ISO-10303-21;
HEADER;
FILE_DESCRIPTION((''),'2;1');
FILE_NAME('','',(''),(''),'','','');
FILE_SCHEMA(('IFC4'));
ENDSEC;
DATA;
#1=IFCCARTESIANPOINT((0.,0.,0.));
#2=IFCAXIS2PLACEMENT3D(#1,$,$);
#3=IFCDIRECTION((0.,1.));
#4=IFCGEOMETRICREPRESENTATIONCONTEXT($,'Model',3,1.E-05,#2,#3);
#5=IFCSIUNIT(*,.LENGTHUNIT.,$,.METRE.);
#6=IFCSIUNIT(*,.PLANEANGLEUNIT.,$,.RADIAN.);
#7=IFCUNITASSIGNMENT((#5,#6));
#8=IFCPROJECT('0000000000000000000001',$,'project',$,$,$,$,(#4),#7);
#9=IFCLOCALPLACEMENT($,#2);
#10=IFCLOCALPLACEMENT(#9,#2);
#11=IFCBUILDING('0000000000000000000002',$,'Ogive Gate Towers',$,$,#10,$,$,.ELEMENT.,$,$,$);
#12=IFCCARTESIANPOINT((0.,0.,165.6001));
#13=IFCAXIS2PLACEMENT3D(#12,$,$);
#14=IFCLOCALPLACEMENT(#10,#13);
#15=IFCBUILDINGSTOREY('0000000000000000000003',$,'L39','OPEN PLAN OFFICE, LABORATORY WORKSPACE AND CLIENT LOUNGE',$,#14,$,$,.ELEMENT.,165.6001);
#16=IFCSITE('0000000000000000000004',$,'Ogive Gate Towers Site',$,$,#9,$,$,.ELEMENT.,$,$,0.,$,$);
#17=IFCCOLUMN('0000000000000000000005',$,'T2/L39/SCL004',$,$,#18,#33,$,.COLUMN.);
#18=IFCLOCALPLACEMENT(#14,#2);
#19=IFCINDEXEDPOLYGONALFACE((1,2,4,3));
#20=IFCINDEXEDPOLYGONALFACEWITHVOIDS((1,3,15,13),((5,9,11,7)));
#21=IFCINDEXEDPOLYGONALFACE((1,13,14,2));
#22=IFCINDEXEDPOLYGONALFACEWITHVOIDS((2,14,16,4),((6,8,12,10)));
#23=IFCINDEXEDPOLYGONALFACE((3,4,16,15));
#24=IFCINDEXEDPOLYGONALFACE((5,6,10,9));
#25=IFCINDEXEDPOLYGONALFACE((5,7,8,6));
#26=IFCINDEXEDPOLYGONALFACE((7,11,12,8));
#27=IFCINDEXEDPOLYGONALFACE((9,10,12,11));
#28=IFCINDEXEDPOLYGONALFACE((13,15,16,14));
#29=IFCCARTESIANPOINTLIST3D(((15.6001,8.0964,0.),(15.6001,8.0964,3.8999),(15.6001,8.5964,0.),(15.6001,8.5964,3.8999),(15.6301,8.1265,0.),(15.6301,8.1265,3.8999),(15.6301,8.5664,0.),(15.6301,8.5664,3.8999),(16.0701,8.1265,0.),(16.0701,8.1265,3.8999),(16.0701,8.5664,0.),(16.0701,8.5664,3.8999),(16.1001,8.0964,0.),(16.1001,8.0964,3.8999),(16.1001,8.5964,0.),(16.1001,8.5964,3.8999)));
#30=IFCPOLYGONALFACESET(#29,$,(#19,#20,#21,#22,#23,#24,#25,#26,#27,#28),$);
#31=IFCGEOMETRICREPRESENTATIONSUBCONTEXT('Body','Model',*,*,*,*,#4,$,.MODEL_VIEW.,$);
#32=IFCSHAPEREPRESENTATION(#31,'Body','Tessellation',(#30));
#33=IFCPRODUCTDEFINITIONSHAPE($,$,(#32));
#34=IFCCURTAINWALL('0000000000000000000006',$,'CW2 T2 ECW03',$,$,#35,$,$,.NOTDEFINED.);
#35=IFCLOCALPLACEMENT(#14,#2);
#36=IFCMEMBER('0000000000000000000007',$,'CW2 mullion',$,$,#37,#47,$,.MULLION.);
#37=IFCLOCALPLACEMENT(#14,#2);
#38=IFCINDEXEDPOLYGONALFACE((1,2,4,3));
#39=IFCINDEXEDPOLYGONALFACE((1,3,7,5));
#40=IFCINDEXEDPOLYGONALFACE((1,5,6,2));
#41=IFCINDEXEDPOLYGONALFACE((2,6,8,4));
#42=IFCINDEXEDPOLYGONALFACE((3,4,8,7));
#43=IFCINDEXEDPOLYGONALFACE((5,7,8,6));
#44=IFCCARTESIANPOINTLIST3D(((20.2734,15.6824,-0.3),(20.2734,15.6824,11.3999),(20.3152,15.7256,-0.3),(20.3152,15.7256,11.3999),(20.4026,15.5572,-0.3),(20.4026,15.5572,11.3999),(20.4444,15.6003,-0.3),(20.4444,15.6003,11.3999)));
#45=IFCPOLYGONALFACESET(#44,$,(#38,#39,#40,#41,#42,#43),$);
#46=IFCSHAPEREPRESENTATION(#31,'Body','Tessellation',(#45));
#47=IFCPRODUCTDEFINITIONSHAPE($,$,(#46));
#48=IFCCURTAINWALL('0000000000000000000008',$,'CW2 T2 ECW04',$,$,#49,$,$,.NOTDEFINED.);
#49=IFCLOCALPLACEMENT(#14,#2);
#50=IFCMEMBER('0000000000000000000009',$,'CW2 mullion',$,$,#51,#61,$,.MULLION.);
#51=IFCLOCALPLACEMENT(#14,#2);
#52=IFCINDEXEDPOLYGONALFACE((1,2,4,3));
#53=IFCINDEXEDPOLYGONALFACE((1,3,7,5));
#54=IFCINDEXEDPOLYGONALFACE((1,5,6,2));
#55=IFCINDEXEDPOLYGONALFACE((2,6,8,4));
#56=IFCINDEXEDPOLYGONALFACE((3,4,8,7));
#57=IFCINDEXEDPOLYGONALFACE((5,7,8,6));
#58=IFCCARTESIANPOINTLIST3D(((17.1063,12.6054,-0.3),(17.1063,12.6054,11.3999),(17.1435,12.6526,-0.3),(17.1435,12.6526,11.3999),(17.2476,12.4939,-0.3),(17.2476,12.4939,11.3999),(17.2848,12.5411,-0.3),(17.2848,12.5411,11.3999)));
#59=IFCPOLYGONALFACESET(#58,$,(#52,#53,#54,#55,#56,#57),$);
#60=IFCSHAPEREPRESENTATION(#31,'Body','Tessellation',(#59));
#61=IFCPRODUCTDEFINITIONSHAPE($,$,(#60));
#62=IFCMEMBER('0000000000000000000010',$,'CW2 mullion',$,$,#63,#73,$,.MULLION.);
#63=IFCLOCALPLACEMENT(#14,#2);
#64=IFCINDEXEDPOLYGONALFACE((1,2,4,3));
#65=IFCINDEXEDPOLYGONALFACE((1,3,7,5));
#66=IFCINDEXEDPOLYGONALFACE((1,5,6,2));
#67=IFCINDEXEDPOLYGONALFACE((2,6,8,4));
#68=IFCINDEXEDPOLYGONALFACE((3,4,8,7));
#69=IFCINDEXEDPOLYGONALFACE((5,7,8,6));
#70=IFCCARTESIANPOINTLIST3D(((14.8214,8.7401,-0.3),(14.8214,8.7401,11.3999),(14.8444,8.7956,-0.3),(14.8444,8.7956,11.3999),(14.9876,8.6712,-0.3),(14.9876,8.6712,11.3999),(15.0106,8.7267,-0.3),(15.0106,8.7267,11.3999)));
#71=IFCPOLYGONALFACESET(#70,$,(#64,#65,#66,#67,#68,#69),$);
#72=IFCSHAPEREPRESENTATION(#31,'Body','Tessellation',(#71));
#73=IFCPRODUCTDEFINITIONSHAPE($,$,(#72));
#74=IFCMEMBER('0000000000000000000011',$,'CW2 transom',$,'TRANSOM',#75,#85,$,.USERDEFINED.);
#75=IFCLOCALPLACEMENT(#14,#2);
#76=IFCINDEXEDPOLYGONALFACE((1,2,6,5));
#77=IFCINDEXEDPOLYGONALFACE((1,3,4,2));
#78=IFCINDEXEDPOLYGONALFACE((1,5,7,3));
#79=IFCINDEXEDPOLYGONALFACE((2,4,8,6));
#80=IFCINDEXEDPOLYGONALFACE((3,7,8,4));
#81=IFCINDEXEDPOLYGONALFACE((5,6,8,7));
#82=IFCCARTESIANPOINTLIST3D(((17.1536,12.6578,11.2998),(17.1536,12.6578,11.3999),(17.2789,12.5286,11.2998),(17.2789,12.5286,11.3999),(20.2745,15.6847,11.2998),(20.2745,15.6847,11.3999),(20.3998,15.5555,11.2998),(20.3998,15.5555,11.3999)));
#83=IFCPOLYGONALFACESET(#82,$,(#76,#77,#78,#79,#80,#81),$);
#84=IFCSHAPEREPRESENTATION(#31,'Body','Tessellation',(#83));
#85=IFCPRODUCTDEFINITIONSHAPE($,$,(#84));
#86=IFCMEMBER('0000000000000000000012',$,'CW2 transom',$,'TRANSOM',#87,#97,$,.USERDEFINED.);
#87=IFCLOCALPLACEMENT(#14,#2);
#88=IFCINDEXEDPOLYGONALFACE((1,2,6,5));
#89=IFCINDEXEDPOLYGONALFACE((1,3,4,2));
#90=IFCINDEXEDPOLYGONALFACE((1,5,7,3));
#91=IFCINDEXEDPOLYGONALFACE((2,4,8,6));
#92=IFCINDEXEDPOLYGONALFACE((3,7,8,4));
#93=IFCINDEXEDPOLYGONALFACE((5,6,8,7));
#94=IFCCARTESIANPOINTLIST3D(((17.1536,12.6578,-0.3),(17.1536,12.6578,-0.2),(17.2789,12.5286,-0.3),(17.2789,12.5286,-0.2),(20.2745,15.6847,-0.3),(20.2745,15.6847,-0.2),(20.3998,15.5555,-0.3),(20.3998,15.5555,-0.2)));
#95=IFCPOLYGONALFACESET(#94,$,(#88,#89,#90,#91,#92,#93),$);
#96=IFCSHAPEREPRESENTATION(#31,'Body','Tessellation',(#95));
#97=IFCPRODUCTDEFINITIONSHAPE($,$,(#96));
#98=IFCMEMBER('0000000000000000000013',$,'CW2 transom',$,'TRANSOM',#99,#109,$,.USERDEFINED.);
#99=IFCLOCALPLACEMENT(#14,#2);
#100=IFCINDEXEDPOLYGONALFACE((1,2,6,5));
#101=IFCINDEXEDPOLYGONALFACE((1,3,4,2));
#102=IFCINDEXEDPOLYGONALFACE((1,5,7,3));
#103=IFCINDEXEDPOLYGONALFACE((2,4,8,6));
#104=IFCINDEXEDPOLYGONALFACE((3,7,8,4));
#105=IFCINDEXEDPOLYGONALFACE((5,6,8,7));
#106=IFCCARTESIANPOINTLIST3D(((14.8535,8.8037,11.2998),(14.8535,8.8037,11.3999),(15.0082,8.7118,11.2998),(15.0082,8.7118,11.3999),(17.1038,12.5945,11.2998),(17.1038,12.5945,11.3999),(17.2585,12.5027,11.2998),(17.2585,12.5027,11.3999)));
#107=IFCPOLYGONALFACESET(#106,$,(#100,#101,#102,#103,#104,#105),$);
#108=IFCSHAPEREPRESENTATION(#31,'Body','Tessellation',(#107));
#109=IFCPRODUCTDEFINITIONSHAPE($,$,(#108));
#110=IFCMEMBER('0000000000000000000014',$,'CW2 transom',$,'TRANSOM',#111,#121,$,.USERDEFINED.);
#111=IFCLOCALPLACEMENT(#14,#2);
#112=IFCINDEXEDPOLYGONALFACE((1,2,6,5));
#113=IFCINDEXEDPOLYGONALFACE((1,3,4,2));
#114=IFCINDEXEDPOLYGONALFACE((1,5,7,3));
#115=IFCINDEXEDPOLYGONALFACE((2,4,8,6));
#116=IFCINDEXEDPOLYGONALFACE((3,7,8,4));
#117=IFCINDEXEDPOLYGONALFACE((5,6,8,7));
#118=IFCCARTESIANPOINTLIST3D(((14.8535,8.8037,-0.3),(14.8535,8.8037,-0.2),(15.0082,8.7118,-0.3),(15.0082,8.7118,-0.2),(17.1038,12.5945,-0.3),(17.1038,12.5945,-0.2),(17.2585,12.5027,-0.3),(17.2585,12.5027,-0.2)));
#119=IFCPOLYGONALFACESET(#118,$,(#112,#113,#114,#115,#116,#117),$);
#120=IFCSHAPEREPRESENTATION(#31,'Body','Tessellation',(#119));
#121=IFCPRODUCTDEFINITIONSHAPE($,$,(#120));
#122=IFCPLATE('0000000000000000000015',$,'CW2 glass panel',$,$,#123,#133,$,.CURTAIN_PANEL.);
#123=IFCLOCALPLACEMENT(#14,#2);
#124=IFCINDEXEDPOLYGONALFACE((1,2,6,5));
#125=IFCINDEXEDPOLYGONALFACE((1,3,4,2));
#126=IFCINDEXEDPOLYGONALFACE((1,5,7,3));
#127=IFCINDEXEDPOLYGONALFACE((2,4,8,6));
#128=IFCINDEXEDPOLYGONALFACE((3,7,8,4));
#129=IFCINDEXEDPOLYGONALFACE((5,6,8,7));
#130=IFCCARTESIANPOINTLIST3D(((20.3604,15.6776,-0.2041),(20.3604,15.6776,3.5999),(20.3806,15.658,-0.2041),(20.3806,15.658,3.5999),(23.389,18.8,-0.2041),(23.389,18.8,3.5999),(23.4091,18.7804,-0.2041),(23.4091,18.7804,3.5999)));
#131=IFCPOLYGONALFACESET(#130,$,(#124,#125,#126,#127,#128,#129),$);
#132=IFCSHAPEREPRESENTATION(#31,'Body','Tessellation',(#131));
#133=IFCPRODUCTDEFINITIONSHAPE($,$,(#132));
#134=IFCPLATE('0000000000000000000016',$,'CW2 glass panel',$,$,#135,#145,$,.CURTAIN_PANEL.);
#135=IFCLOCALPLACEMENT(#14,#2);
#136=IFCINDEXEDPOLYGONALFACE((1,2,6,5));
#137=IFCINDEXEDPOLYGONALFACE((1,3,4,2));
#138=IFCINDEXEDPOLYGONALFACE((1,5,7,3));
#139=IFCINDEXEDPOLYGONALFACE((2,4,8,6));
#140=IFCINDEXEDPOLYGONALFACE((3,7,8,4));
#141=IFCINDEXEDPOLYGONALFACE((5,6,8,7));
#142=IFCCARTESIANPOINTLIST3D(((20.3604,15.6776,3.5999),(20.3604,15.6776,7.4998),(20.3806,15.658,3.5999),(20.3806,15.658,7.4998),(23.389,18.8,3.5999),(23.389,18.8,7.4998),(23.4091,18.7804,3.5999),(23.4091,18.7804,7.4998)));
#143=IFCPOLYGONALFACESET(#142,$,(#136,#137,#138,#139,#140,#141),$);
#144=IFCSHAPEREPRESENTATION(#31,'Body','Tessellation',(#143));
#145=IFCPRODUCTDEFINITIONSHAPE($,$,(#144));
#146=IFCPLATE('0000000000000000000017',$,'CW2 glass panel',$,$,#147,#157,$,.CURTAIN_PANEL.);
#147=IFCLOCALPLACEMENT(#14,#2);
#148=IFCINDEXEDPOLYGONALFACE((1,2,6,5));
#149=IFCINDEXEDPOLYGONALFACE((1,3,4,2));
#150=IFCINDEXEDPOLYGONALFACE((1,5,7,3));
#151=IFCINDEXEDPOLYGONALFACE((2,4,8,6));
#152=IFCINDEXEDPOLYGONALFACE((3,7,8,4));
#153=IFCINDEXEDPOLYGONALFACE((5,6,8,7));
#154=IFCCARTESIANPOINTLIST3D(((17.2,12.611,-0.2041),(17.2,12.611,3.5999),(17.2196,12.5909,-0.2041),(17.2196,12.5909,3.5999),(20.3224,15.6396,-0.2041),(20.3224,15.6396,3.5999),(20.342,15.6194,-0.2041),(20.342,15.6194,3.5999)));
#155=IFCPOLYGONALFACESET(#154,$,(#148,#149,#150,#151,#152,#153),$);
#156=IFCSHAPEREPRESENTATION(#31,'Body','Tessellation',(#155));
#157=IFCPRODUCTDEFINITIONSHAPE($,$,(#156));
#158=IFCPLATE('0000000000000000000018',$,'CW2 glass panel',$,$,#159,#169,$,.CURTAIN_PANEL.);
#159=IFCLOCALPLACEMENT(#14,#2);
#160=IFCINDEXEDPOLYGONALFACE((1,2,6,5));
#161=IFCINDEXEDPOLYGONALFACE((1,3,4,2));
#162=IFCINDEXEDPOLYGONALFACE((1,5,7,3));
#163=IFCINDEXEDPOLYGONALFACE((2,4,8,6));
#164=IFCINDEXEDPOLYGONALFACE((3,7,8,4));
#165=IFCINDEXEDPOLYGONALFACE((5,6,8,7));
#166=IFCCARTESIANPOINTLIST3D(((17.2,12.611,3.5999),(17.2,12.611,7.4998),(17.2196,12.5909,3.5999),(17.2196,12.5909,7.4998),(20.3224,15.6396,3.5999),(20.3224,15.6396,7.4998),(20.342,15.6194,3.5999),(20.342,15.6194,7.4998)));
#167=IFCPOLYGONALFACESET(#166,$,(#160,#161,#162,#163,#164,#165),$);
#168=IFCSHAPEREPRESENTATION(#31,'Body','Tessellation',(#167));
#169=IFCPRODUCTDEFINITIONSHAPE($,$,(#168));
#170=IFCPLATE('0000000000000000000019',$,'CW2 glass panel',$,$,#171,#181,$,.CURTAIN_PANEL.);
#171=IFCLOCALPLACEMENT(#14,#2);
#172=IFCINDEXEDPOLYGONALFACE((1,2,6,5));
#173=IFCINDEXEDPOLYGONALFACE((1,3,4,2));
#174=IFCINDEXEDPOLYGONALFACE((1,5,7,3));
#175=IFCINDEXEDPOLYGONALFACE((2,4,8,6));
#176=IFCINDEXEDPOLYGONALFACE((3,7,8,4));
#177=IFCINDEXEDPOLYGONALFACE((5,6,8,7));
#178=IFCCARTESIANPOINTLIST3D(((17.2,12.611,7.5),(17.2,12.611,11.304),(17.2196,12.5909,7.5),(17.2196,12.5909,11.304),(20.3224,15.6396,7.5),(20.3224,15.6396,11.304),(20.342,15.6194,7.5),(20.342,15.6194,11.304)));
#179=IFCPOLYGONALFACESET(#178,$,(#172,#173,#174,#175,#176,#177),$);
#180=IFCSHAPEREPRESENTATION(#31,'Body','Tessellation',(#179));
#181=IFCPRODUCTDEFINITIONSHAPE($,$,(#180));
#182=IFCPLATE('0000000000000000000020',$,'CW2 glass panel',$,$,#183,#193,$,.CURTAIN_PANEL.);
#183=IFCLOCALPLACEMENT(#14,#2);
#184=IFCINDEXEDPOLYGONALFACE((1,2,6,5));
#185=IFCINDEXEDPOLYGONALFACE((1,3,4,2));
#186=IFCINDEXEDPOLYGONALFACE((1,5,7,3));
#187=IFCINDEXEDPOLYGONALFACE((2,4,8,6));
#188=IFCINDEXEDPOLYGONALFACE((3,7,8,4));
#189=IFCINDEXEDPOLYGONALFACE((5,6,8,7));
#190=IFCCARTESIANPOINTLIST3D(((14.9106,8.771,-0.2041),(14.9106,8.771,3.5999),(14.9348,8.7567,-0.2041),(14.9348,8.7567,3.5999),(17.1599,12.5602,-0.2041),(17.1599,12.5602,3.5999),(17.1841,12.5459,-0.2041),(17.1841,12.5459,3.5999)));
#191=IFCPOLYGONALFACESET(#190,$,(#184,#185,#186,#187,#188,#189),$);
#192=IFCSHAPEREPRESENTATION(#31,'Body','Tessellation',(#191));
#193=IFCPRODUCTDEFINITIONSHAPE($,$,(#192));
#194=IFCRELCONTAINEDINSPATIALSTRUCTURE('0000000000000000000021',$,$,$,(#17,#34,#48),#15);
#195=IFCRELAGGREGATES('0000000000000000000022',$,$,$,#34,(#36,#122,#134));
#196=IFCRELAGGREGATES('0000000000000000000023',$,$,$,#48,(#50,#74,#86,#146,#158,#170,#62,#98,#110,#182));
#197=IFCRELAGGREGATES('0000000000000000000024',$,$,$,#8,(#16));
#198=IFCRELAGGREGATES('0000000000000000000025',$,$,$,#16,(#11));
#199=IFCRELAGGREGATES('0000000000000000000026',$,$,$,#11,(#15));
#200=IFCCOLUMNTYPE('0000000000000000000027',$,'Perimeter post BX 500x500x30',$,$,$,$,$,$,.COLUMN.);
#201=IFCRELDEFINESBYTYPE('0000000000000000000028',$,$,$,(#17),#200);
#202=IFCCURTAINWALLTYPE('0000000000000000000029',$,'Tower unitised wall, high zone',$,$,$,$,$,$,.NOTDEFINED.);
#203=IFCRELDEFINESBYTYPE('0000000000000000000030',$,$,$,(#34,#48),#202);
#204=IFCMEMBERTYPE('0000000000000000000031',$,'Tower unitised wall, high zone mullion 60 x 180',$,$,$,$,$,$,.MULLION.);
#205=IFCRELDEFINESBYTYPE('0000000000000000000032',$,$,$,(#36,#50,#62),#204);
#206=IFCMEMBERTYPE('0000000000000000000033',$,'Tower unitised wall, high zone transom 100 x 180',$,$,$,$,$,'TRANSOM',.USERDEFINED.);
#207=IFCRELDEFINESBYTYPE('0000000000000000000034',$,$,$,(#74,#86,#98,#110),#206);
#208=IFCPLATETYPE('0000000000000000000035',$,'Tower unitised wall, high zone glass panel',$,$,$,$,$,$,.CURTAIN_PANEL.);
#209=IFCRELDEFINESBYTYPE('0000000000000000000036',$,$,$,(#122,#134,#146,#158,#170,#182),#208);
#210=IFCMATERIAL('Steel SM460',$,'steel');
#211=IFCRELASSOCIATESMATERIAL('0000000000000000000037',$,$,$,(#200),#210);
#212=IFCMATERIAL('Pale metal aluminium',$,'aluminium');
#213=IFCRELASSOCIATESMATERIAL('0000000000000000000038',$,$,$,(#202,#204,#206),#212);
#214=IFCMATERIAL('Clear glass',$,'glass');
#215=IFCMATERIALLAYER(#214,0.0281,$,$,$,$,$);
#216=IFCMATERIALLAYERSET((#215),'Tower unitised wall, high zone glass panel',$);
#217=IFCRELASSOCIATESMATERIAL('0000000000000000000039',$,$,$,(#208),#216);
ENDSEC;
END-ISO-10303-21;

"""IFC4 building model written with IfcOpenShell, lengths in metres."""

from ifc_helpers import new_model, si_unit, direction, frame, origin, origin_2d, place, context, subcontext, project, spatial, rectangle, hollow_rectangle, extrude, material, layer, layer_set, material_profile, profile_set, type_object, element, aggregate, save


model = new_model("IFC4")

# Units and contexts
model_context = context("Model", 3, precision=1e-05, world=origin(), true_north=direction((0.0, 1.0)))
body_context = subcontext(model_context, "Body", "Model", "MODEL_VIEW")
ifc_project = project(units=[si_unit("LENGTHUNIT", "METRE"), si_unit("PLANEANGLEUNIT", "RADIAN")], contexts=[model_context])

# Site, building, storey
site_placement = place(None, origin())
site = spatial("IfcSite", under=ifc_project, at=site_placement, Name="Ogive Gate Towers Site", CompositionType="ELEMENT", RefElevation=0.0)
building_placement = place(site_placement, origin())
building = spatial("IfcBuilding", under=site, at=building_placement, Name="Ogive Gate Towers", CompositionType="ELEMENT")
storey_placement = place(building_placement, frame((0.0, 0.0, 165.6001)))
storey = spatial("IfcBuildingStorey", under=building, at=storey_placement, Name="L39", Description="OPEN PLAN OFFICE, LABORATORY WORKSPACE AND CLIENT LOUNGE", CompositionType="ELEMENT", Elevation=165.6001)

# Column
ifc_material_1 = material(Name="Steel SM460", Category="steel")
ifc_material_profile_1 = material_profile(ifc_material_1, hollow_rectangle(XDim=0.5, YDim=0.5, WallThickness=0.03, at=origin_2d()), Name="BX 500x500x30")
ifc_profile_set_1 = profile_set([ifc_material_profile_1], Name="Steel SM460")
column_type = type_object("IfcColumnType", Name="Perimeter post BX 500x500x30", PredefinedType="COLUMN", material=ifc_profile_set_1)
column_placement = place(storey_placement, frame((15.8501, 8.3464, 0.0), z_axis=(0.0, 0.0, 1.0), x_axis=(1.0, 0.0, 0.0)))
element("IfcColumn", 1, at=column_placement, inside=storey, type_object=column_type, Name="T2/L39/SCL004", PredefinedType="COLUMN", context=body_context, shape_type="SweptSolid", body=[
    extrude(hollow_rectangle(XDim=0.5, YDim=0.5, WallThickness=0.03, at=origin_2d()), origin(), (0.0, 0.0, 1.0), 3.8999),
])

# Curtain wall, member
ifc_material_2 = material(Name="Pale metal aluminium", Category="aluminium")
curtain_wall_type = type_object("IfcCurtainWallType", Name="Tower unitised wall, high zone", PredefinedType="NOTDEFINED", material=ifc_material_2)
curtain_wall_1_placement = place(storey_placement, origin())
curtain_wall_1 = element("IfcCurtainWall", 2, at=curtain_wall_1_placement, inside=storey, type_object=curtain_wall_type, Name="CW2 T2 ECW03", PredefinedType="NOTDEFINED")
ifc_material_profile_2 = material_profile(ifc_material_2, rectangle(XDim=0.1799, YDim=0.0601, at=origin_2d()), Name="60 x 180 aluminium box")
ifc_profile_set_2 = profile_set([ifc_material_profile_2], Name="Pale metal aluminium")
member_type_1 = type_object("IfcMemberType", Name="Tower unitised wall, high zone mullion 60 x 180", PredefinedType="MULLION", material=ifc_profile_set_2)
member_1_placement = place(storey_placement, frame((20.3589, 15.6414, -0.3), z_axis=(0.0, 0.0, 1.0), x_axis=(-0.71781, 0.696239, 0.0)))
member_1 = element("IfcMember", 3, at=member_1_placement, type_object=member_type_1, Name="CW2 mullion", PredefinedType="MULLION", context=body_context, shape_type="SweptSolid", body=[
    extrude(rectangle(XDim=0.1799, YDim=0.0601, at=origin_2d()), origin(), (0.0, 0.0, 1.0), 11.7),
])

# Curtain wall, members
curtain_wall_2_placement = place(storey_placement, origin())
curtain_wall_2 = element("IfcCurtainWall", 4, at=curtain_wall_2_placement, inside=storey, type_object=curtain_wall_type, Name="CW2 T2 ECW04", PredefinedType="NOTDEFINED")
member_2_placement = place(storey_placement, frame((17.1956, 12.5732, -0.3), z_axis=(0.0, 0.0, 1.0), x_axis=(-0.784949, 0.61956, 0.0)))
member_2 = element("IfcMember", 5, at=member_2_placement, type_object=member_type_1, Name="CW2 mullion", PredefinedType="MULLION", context=body_context, shape_type="SweptSolid", body=[
    extrude(rectangle(XDim=0.1799, YDim=0.0601, at=origin_2d()), origin(), (0.0, 0.0, 1.0), 11.7),
])
member_3_placement = place(storey_placement, frame((14.916, 8.7334, -0.3), z_axis=(0.0, 0.0, 1.0), x_axis=(-0.92388, 0.382683, 0.0)))
member_3 = element("IfcMember", 6, at=member_3_placement, type_object=member_type_1, Name="CW2 mullion", PredefinedType="MULLION", context=body_context, shape_type="SweptSolid", body=[
    extrude(rectangle(XDim=0.1799, YDim=0.0601, at=origin_2d()), origin(), (0.0, 0.0, 1.0), 11.7),
])
ifc_material_profile_3 = material_profile(ifc_material_2, rectangle(XDim=0.1799, YDim=0.1001, at=origin_2d()), Name="100 x 180 aluminium box")
ifc_profile_set_3 = profile_set([ifc_material_profile_3], Name="Pale metal aluminium")
member_type_2 = type_object("IfcMemberType", Name="Tower unitised wall, high zone transom 100 x 180", ElementType="TRANSOM", PredefinedType="USERDEFINED", material=ifc_profile_set_3)
member_4_placement = place(storey_placement, frame((20.3372, 15.6201, 11.3499), z_axis=(-0.717834, -0.696214, 0.0), x_axis=(0.696214, -0.717834, 0.0)))
member_4 = element("IfcMember", 7, at=member_4_placement, type_object=member_type_2, Name="CW2 transom", ObjectType="TRANSOM", PredefinedType="USERDEFINED", context=body_context, shape_type="SweptSolid", body=[
    extrude(rectangle(XDim=0.1799, YDim=0.1001, at=origin_2d()), origin(), (0.0, 0.0, 1.0), 4.3477),
])
member_5_placement = place(storey_placement, frame((20.3372, 15.6201, -0.25), z_axis=(-0.717834, -0.696214, 0.0), x_axis=(0.696214, -0.717834, 0.0)))
member_5 = element("IfcMember", 8, at=member_5_placement, type_object=member_type_2, Name="CW2 transom", ObjectType="TRANSOM", PredefinedType="USERDEFINED", context=body_context, shape_type="SweptSolid", body=[
    extrude(rectangle(XDim=0.1799, YDim=0.1001, at=origin_2d()), origin(), (0.0, 0.0, 1.0), 4.3477),
])
member_6_placement = place(storey_placement, frame((17.1812, 12.5486, 11.3499), z_axis=(-0.51045, -0.859907, 0.0), x_axis=(0.859907, -0.51045, 0.0)))
member_6 = element("IfcMember", 9, at=member_6_placement, type_object=member_type_2, Name="CW2 transom", ObjectType="TRANSOM", PredefinedType="USERDEFINED", context=body_context, shape_type="SweptSolid", body=[
    extrude(rectangle(XDim=0.1799, YDim=0.1001, at=origin_2d()), origin(), (0.0, 0.0, 1.0), 4.4084),
])
member_7_placement = place(storey_placement, frame((17.1812, 12.5486, -0.25), z_axis=(-0.51045, -0.859907, 0.0), x_axis=(0.859907, -0.51045, 0.0)))
member_7 = element("IfcMember", 10, at=member_7_placement, type_object=member_type_2, Name="CW2 transom", ObjectType="TRANSOM", PredefinedType="USERDEFINED", context=body_context, shape_type="SweptSolid", body=[
    extrude(rectangle(XDim=0.1799, YDim=0.1001, at=origin_2d()), origin(), (0.0, 0.0, 1.0), 4.4084),
])

# Plates
ifc_material_3 = material(Name="Clear glass", Category="glass")
ifc_layer_1 = layer(ifc_material_3, 0.0281)
ifc_layer_set_1 = layer_set([ifc_layer_1], Name="Tower unitised wall, high zone glass panel")
plate_type = type_object("IfcPlateType", Name="Tower unitised wall, high zone glass panel", PredefinedType="CURTAIN_PANEL", material=ifc_layer_set_1)
plate_1_placement = place(storey_placement, frame((21.8848, 17.229, -0.2041), z_axis=(0.0, 0.0, 1.0), x_axis=(-0.696239, -0.71781, 0.0)))
plate_1 = element("IfcPlate", 11, at=plate_1_placement, type_object=plate_type, Name="CW2 glass panel", PredefinedType="CURTAIN_PANEL", context=body_context, shape_type="SweptSolid", body=[
    extrude(rectangle(XDim=4.3499, YDim=0.0281, at=origin_2d()), origin(), (0.0, 0.0, 1.0), 3.804),
])
plate_2_placement = place(storey_placement, frame((21.8848, 17.229, 3.5999), z_axis=(0.0, 0.0, 1.0), x_axis=(-0.696239, -0.71781, 0.0)))
plate_2 = element("IfcPlate", 12, at=plate_2_placement, type_object=plate_type, Name="CW2 glass panel", PredefinedType="CURTAIN_PANEL", context=body_context, shape_type="SweptSolid", body=[
    extrude(rectangle(XDim=4.3499, YDim=0.0281, at=origin_2d()), origin(), (0.0, 0.0, 1.0), 3.8999),
])
aggregate(curtain_wall_1, [member_1, plate_1, plate_2])
plate_3_placement = place(storey_placement, frame((18.771, 14.1152, -0.2041), z_axis=(0.0, 0.0, 1.0), x_axis=(-0.71781, -0.696239, 0.0)))
plate_3 = element("IfcPlate", 13, at=plate_3_placement, type_object=plate_type, Name="CW2 glass panel", PredefinedType="CURTAIN_PANEL", context=body_context, shape_type="SweptSolid", body=[
    extrude(rectangle(XDim=4.3499, YDim=0.0281, at=origin_2d()), origin(), (0.0, 0.0, 1.0), 3.804),
])
plate_4_placement = place(storey_placement, frame((18.771, 14.1152, 3.5999), z_axis=(0.0, 0.0, 1.0), x_axis=(-0.71781, -0.696239, 0.0)))
plate_4 = element("IfcPlate", 14, at=plate_4_placement, type_object=plate_type, Name="CW2 glass panel", PredefinedType="CURTAIN_PANEL", context=body_context, shape_type="SweptSolid", body=[
    extrude(rectangle(XDim=4.3499, YDim=0.0281, at=origin_2d()), origin(), (0.0, 0.0, 1.0), 3.8999),
])
plate_5_placement = place(storey_placement, frame((18.771, 14.1152, 7.5), z_axis=(0.0, 0.0, 1.0), x_axis=(-0.71781, -0.696239, 0.0)))
plate_5 = element("IfcPlate", 15, at=plate_5_placement, type_object=plate_type, Name="CW2 glass panel", PredefinedType="CURTAIN_PANEL", context=body_context, shape_type="SweptSolid", body=[
    extrude(rectangle(XDim=4.3499, YDim=0.0281, at=origin_2d()), origin(), (0.0, 0.0, 1.0), 3.804),
])
plate_6_placement = place(storey_placement, frame((16.0474, 10.6584, -0.2041), z_axis=(0.0, 0.0, 1.0), x_axis=(-0.510453, -0.859906, 0.0)))
plate_6 = element("IfcPlate", 16, at=plate_6_placement, type_object=plate_type, Name="CW2 glass panel", PredefinedType="CURTAIN_PANEL", context=body_context, shape_type="SweptSolid", body=[
    extrude(rectangle(XDim=4.4065, YDim=0.0281, at=origin_2d()), origin(), (0.0, 0.0, 1.0), 3.804),
])
aggregate(curtain_wall_2, [member_2, member_4, member_5, plate_3, plate_4, plate_5, member_3, member_6, member_7, plate_6])

save(model, "model.ifc")
